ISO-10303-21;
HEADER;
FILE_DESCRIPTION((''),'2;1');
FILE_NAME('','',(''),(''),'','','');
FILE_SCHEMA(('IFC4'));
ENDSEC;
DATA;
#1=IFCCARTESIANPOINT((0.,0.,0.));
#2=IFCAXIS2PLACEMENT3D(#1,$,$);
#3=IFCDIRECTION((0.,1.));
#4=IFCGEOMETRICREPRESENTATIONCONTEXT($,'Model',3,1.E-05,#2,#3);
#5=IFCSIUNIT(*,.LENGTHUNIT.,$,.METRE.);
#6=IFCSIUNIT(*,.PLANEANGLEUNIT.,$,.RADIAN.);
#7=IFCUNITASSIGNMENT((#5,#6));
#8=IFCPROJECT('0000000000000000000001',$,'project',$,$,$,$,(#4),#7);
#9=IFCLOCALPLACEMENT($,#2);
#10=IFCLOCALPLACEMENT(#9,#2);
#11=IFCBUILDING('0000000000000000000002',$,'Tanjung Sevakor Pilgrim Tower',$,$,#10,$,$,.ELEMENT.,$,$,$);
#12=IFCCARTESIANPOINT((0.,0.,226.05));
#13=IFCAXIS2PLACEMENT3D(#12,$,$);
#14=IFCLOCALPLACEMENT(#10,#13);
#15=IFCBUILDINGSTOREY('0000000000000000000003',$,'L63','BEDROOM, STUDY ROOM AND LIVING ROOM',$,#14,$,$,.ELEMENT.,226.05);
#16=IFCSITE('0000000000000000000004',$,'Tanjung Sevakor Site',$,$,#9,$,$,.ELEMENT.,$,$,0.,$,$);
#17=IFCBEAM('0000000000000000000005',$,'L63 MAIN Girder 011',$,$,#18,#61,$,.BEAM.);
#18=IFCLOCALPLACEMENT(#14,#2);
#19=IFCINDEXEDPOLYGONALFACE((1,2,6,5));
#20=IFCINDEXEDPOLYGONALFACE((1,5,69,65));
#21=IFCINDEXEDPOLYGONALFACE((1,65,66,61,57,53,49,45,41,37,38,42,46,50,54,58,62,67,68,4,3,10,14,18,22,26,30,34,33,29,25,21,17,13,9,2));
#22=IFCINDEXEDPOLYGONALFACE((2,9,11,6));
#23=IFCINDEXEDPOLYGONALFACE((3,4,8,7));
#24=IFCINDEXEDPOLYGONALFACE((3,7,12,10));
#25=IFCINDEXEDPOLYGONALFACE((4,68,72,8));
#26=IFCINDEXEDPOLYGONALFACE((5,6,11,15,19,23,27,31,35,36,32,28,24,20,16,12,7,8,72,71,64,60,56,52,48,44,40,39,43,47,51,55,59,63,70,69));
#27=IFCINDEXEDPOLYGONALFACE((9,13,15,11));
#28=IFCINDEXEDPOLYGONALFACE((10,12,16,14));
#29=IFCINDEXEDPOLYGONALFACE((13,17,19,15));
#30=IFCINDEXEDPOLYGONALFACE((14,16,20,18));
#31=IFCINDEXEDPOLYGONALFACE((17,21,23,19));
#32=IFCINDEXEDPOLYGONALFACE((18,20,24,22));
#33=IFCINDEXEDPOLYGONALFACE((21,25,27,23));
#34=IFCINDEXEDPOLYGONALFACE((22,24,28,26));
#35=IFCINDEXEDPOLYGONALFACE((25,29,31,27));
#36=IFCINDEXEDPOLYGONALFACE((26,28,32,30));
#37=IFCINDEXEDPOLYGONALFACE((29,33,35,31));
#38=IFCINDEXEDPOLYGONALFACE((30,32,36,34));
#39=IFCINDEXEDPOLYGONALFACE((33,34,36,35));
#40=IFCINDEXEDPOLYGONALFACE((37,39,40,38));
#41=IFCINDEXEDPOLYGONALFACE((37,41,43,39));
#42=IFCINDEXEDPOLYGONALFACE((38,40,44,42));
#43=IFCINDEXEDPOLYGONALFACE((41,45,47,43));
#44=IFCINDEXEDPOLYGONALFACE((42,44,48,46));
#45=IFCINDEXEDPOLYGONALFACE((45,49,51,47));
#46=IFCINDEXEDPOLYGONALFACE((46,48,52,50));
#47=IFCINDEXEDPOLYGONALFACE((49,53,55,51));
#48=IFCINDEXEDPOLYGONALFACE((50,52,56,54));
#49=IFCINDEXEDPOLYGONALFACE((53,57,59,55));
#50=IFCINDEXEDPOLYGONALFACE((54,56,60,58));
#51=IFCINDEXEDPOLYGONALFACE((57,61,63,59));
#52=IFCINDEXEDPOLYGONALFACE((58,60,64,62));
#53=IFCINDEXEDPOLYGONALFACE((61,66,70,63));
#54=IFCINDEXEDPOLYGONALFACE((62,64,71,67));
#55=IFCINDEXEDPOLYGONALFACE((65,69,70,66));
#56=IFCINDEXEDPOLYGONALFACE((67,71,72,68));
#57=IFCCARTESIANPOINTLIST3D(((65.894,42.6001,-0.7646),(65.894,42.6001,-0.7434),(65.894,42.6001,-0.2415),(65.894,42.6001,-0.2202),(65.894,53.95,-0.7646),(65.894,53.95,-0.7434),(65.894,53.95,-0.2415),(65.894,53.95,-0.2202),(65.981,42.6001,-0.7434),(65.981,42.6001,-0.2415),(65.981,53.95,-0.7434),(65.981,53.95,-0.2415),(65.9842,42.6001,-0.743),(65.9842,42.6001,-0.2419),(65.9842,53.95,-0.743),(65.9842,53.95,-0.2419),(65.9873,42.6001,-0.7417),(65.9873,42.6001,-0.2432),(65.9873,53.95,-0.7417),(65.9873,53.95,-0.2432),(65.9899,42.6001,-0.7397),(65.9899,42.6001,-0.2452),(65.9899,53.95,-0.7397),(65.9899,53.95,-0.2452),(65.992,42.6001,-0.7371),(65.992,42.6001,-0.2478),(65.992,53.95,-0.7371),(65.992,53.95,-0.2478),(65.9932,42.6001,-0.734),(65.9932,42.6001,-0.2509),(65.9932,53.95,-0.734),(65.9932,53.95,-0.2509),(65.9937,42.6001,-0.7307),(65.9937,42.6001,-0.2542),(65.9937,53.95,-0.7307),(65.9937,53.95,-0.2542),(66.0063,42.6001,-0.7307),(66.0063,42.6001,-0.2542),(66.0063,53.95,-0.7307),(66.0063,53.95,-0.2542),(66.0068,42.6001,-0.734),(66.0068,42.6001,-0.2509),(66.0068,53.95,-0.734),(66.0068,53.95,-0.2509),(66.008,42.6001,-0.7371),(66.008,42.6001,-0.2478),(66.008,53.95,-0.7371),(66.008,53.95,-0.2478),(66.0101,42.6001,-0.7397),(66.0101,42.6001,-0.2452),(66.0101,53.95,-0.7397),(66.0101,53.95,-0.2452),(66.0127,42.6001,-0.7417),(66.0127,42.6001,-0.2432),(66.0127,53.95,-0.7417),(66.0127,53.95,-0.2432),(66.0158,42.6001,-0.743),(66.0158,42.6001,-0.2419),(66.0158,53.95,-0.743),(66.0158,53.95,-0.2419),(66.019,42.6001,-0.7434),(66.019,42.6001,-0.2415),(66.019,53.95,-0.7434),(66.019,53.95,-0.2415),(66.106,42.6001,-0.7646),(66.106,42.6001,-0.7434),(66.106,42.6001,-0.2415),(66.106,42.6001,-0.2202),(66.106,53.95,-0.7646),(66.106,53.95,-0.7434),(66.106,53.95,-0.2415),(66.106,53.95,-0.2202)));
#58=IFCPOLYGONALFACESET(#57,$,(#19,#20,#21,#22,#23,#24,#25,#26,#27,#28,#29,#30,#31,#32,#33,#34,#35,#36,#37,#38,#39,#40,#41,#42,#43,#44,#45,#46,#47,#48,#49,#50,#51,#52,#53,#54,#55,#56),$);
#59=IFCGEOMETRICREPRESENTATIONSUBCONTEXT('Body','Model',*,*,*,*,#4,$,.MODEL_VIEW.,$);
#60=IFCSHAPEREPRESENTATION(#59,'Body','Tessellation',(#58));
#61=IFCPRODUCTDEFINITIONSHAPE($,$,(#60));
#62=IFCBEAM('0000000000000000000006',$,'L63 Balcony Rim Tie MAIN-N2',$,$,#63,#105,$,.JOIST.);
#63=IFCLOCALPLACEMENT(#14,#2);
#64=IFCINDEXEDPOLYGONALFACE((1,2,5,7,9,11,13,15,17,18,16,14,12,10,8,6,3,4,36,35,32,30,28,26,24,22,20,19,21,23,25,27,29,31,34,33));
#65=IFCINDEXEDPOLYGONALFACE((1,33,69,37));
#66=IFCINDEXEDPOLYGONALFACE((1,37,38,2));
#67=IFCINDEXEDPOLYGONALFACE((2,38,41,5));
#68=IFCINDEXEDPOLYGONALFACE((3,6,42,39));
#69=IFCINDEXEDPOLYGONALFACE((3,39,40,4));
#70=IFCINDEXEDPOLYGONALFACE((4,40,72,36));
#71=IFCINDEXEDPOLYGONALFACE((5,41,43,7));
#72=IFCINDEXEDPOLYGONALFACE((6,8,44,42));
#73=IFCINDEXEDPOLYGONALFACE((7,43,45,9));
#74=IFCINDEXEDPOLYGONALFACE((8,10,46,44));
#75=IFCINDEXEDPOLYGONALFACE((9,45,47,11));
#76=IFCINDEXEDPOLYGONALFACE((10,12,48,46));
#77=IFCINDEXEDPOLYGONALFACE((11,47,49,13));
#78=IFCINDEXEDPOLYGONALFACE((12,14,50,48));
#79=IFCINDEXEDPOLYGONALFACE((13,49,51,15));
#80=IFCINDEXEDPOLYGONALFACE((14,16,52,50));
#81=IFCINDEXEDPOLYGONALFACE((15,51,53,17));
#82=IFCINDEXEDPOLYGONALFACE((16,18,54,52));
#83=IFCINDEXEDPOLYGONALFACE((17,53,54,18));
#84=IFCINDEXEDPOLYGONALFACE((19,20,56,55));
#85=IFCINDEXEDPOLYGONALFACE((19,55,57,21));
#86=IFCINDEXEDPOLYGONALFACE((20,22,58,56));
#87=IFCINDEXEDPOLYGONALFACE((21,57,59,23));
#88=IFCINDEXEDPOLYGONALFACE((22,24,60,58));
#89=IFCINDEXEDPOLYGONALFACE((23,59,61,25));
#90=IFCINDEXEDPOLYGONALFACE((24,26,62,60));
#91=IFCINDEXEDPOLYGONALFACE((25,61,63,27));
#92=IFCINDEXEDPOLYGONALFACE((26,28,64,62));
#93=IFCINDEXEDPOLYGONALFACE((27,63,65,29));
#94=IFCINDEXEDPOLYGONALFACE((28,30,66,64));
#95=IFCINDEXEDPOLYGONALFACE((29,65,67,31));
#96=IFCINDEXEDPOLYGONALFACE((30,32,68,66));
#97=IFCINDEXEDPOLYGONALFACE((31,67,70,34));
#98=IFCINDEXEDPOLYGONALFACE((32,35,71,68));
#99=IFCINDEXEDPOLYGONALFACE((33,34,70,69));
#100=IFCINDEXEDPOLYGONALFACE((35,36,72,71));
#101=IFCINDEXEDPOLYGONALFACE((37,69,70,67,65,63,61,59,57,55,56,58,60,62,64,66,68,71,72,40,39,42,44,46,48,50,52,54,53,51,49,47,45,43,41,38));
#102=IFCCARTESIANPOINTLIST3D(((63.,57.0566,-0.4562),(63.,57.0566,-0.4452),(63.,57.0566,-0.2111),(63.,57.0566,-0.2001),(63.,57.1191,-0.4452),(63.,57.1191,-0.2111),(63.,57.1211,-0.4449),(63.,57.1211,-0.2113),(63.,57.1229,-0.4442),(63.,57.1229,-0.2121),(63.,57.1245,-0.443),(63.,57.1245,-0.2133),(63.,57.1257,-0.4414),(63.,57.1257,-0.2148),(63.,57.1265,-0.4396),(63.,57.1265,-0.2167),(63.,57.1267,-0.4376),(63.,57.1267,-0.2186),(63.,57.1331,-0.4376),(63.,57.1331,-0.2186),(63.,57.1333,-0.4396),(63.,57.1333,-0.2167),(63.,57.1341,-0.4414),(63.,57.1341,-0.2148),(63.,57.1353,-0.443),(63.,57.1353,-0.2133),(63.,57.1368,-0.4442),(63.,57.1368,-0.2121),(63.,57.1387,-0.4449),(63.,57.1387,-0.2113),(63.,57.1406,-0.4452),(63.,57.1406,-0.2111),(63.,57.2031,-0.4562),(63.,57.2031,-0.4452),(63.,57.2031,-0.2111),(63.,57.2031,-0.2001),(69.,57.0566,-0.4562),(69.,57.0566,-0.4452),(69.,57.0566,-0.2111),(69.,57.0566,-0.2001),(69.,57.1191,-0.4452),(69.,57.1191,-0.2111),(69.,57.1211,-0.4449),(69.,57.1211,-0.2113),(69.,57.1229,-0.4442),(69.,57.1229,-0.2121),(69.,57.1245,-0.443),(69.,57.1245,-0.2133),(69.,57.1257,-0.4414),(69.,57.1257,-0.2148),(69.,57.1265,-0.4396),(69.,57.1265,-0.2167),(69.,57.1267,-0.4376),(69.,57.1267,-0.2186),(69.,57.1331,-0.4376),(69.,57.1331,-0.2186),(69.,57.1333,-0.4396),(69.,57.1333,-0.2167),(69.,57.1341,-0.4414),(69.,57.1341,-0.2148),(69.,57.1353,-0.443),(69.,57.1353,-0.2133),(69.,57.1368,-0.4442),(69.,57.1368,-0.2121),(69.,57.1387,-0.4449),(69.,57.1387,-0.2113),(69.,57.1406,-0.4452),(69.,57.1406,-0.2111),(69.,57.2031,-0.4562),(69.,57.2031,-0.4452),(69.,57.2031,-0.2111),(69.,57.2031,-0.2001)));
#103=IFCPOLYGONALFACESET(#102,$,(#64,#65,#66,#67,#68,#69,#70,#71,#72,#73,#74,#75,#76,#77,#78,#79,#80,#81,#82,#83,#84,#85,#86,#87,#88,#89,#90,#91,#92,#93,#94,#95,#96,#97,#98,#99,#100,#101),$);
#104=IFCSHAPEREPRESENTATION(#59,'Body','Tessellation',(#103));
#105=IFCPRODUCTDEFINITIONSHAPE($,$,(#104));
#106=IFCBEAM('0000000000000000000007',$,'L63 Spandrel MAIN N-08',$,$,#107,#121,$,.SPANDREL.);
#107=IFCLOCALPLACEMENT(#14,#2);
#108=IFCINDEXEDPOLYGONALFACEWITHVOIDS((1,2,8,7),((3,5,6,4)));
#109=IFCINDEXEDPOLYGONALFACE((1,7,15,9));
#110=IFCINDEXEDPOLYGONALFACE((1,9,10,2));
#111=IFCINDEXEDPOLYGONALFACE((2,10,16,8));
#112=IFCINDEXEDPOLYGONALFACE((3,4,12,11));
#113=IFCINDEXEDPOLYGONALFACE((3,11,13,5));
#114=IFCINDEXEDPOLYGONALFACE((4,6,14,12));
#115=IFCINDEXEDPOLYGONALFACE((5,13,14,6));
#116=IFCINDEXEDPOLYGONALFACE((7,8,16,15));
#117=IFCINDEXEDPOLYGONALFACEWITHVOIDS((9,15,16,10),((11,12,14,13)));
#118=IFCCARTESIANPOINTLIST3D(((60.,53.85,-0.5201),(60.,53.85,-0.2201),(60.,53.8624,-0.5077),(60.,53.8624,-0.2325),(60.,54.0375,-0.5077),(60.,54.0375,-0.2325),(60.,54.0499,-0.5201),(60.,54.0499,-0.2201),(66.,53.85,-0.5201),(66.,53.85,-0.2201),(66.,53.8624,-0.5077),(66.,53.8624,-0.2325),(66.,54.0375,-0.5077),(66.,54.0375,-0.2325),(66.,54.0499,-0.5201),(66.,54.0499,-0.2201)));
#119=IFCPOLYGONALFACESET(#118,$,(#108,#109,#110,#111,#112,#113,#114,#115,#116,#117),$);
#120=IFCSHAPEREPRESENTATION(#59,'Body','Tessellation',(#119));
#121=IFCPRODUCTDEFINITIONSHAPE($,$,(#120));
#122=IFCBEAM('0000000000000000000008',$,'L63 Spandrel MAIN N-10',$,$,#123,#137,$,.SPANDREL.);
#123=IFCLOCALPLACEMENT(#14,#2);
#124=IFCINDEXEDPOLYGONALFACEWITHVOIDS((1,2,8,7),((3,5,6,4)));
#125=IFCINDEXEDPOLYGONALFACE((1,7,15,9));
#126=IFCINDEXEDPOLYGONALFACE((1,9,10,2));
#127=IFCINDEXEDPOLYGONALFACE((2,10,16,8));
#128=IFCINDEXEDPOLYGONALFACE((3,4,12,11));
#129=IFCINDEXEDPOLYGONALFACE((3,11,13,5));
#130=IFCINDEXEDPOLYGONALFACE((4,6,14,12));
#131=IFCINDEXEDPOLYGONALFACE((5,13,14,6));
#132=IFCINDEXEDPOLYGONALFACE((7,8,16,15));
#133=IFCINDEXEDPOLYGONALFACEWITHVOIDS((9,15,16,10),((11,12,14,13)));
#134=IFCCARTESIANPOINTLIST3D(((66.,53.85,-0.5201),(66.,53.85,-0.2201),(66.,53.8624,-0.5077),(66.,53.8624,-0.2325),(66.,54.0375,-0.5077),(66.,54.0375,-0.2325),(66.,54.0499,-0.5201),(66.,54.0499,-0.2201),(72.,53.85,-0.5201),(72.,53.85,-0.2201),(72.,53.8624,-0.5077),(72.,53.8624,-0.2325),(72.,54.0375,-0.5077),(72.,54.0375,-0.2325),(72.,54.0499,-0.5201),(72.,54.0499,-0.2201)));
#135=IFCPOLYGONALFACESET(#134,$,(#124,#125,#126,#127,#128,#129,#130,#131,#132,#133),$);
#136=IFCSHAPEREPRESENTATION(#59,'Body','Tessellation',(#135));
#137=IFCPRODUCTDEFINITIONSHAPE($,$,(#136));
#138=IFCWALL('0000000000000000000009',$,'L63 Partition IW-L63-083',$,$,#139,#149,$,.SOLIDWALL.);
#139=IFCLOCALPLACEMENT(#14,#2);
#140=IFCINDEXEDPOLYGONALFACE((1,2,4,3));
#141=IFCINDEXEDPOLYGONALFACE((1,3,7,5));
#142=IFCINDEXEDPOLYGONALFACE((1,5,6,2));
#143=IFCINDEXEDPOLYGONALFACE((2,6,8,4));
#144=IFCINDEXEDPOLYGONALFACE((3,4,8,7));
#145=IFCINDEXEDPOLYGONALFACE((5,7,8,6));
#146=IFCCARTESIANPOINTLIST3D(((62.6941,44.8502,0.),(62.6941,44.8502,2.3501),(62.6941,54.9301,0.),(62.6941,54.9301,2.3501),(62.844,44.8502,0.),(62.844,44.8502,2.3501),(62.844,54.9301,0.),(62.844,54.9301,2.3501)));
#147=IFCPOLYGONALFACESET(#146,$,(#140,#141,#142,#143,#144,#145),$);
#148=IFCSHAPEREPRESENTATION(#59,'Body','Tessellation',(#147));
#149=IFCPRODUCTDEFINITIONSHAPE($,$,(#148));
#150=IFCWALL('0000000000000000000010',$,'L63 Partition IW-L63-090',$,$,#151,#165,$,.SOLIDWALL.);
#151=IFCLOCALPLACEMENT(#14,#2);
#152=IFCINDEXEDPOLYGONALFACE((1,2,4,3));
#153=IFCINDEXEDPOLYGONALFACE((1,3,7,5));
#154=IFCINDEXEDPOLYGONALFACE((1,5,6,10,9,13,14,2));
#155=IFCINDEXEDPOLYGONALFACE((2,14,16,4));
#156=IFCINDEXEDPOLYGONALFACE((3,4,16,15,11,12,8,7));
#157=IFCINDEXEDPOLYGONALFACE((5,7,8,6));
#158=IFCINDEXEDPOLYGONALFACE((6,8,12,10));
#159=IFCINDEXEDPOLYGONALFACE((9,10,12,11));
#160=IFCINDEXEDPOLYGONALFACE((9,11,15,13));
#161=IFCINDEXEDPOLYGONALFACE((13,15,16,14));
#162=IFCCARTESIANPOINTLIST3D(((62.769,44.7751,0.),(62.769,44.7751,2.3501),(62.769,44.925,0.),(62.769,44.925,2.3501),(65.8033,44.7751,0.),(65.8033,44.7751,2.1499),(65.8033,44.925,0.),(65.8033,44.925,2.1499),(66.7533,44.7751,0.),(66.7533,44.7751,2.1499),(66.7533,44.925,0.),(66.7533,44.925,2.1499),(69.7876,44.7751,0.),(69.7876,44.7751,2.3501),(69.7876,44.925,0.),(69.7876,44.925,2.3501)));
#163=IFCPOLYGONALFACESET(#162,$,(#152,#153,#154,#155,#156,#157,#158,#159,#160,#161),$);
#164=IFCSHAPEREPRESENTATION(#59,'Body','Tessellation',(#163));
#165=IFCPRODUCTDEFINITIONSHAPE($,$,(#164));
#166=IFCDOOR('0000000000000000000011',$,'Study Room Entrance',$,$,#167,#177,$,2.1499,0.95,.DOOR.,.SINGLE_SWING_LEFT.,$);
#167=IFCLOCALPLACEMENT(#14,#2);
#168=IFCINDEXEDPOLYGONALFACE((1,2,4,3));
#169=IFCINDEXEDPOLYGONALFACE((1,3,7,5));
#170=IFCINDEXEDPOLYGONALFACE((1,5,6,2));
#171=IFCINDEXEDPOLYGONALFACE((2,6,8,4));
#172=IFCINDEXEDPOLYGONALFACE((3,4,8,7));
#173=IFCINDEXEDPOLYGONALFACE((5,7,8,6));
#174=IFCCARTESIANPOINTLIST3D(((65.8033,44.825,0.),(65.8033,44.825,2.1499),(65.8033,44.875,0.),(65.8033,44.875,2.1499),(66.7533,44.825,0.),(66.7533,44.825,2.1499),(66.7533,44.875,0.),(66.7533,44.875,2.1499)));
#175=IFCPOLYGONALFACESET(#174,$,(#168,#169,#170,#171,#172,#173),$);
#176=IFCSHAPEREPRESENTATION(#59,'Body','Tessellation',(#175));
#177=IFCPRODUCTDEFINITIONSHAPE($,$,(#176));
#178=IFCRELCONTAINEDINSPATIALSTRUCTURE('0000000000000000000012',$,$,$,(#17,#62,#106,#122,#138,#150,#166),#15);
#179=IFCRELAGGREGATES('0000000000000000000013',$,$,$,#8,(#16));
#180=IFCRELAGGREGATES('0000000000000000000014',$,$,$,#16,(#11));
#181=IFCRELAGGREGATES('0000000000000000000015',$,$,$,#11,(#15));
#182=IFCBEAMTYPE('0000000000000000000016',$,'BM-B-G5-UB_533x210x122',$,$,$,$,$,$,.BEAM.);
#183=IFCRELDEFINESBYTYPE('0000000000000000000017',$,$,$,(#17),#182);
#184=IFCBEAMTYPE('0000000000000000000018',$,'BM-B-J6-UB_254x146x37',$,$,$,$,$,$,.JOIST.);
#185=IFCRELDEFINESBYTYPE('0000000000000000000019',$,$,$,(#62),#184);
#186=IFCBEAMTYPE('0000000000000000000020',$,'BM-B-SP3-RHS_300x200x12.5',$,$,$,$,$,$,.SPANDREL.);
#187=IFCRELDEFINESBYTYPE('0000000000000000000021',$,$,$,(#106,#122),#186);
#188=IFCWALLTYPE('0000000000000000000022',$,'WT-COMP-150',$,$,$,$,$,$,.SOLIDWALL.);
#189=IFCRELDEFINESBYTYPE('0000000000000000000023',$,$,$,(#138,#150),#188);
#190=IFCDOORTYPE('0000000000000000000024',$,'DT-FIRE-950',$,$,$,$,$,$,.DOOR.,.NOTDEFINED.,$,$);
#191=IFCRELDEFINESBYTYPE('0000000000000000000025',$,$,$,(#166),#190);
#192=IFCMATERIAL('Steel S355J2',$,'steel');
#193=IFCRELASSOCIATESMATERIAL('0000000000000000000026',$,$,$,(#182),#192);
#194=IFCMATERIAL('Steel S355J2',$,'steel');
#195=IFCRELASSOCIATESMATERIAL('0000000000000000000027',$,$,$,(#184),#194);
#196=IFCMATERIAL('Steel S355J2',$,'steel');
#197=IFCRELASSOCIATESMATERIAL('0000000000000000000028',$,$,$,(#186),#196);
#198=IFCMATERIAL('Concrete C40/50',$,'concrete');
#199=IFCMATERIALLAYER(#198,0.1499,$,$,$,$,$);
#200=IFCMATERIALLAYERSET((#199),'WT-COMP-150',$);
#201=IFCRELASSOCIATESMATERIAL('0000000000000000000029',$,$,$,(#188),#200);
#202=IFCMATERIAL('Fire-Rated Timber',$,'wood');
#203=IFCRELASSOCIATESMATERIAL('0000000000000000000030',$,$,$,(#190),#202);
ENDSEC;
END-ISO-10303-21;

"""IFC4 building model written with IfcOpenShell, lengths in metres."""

from ifc_helpers import new_model, si_unit, direction, frame, frame_2d, origin, origin_2d, place, context, subcontext, project, spatial, rectangle, hollow_rectangle, i_section, extrude, material, layer, layer_set, material_profile, profile_set, type_object, element, fill, save


model = new_model("IFC4")

# Units and contexts
model_context = context("Model", 3, precision=1e-05, world=origin(), true_north=direction((0.0, 1.0)))
body_context = subcontext(model_context, "Body", "Model", "MODEL_VIEW")
ifc_project = project(units=[si_unit("LENGTHUNIT", "METRE"), si_unit("PLANEANGLEUNIT", "RADIAN")], contexts=[model_context])

# Site, building, storey
site_placement = place(None, origin())
site = spatial("IfcSite", under=ifc_project, at=site_placement, Name="Tanjung Sevakor Site", CompositionType="ELEMENT", RefElevation=0.0)
building_placement = place(site_placement, origin())
building = spatial("IfcBuilding", under=site, at=building_placement, Name="Tanjung Sevakor Pilgrim Tower", CompositionType="ELEMENT")
storey_placement = place(building_placement, frame((0.0, 0.0, 226.05)))
storey = spatial("IfcBuildingStorey", under=building, at=storey_placement, Name="L63", Description="BEDROOM, STUDY ROOM AND LIVING ROOM", CompositionType="ELEMENT", Elevation=226.05)

# Beams
ifc_material_1 = material(Name="Steel S355J2", Category="steel")
ifc_material_profile_1 = material_profile(ifc_material_1, i_section(OverallWidth=0.2119, OverallDepth=0.5444, WebThickness=0.0127, FlangeThickness=0.0212, FilletRadius=0.0127, at=origin_2d()))
ifc_profile_set_1 = profile_set([ifc_material_profile_1], Name="Steel S355J2")
beam_type_1 = type_object("IfcBeamType", Name="BM-B-G5-UB_533x210x122", PredefinedType="BEAM", material=ifc_profile_set_1)
for number, where, z_axis, x_axis, name in (
    (1, (66.0, 42.6001, -0.4924), (0.0, 1.0, 0.0), (-1.0, 0.0, 0.0), "L63 MAIN Girder 011"),
):
    element("IfcBeam", number, at=place(storey_placement, frame(where, z_axis=z_axis, x_axis=x_axis)), inside=storey, type_object=beam_type_1, Name=name, PredefinedType="BEAM", context=body_context, shape_type="SweptSolid", body=[
        extrude(i_section(OverallWidth=0.2119, OverallDepth=0.5444, WebThickness=0.0127, FlangeThickness=0.0212, FilletRadius=0.0127, at=origin_2d()), origin(), (0.0, 0.0, 1.0), 11.3499),
    ])
ifc_material_2 = material(Name="Steel S355J2", Category="steel")
ifc_material_profile_2 = material_profile(ifc_material_2, i_section(OverallWidth=0.1465, OverallDepth=0.2561, WebThickness=0.0063, FlangeThickness=0.011, FilletRadius=0.0076, at=origin_2d()))
ifc_profile_set_2 = profile_set([ifc_material_profile_2], Name="Steel S355J2")
beam_type_2 = type_object("IfcBeamType", Name="BM-B-J6-UB_254x146x37", PredefinedType="JOIST", material=ifc_profile_set_2)
beam_placement = place(storey_placement, frame((63.0, 57.1299, -0.3281), z_axis=(1.0, 0.0, 0.0), x_axis=(0.0, 1.0, 0.0)))
element("IfcBeam", 2, at=beam_placement, inside=storey, type_object=beam_type_2, Name="L63 Balcony Rim Tie MAIN-N2", PredefinedType="JOIST", context=body_context, shape_type="SweptSolid", body=[
    extrude(i_section(OverallWidth=0.1465, OverallDepth=0.2561, WebThickness=0.0063, FlangeThickness=0.011, FilletRadius=0.0076, at=origin_2d()), origin(), (0.0, 0.0, 1.0), 6.0),
])
ifc_material_3 = material(Name="Steel S355J2", Category="steel")
ifc_material_profile_3 = material_profile(ifc_material_3, hollow_rectangle(XDim=0.2, YDim=0.3, WallThickness=0.0125, at=origin_2d()))
ifc_profile_set_3 = profile_set([ifc_material_profile_3], Name="Steel S355J2")
beam_type_3 = type_object("IfcBeamType", Name="BM-B-SP3-RHS_300x200x12.5", PredefinedType="SPANDREL", material=ifc_profile_set_3)
for number, where, z_axis, x_axis, name in (
    (3, (60.0, 53.95, -0.3701), (1.0, 0.0, 0.0), (0.0, 1.0, 0.0), "L63 Spandrel MAIN N-08"),
    (4, (66.0, 53.95, -0.3701), (1.0, 0.0, 0.0), (0.0, 1.0, 0.0), "L63 Spandrel MAIN N-10"),
):
    element("IfcBeam", number, at=place(storey_placement, frame(where, z_axis=z_axis, x_axis=x_axis)), inside=storey, type_object=beam_type_3, Name=name, PredefinedType="SPANDREL", context=body_context, shape_type="SweptSolid", body=[
        extrude(hollow_rectangle(XDim=0.2, YDim=0.3, WallThickness=0.0125, at=origin_2d()), origin(), (0.0, 0.0, 1.0), 6.0),
    ])

# Wall
ifc_material_4 = material(Name="Concrete C40/50", Category="concrete")
ifc_layer_1 = layer(ifc_material_4, 0.1499)
ifc_layer_set_1 = layer_set([ifc_layer_1], Name="WT-COMP-150")
wall_type_1 = type_object("IfcWallType", Name="WT-COMP-150", PredefinedType="SOLIDWALL", material=ifc_layer_set_1)
wall_1_placement = place(storey_placement, frame((62.769, 44.8501, 0.0), z_axis=(0.0, 0.0, 1.0), x_axis=(0.0, 1.0, 0.0)))
element("IfcWall", 5, at=wall_1_placement, inside=storey, type_object=wall_type_1, Name="L63 Partition IW-L63-083", PredefinedType="SOLIDWALL", context=body_context, shape_type="SweptSolid", body=[
    extrude(rectangle(XDim=10.0798, YDim=0.1499, at=frame_2d((5.04, 0.0))), origin(), (0.0, 0.0, 1.0), 2.3501),
])

# Wall, opening, door
wall_2_placement = place(storey_placement, frame((62.769, 44.8501, 0.0), z_axis=(0.0, 0.0, 1.0), x_axis=(1.0, 0.0, 0.0)))
wall_2 = element("IfcWall", 6, at=wall_2_placement, inside=storey, type_object=wall_type_1, Name="L63 Partition IW-L63-090", PredefinedType="SOLIDWALL", context=body_context, shape_type="SweptSolid", body=[
    extrude(rectangle(XDim=7.0186, YDim=0.1499, at=frame_2d((3.5093, 0.0))), origin(), (0.0, 0.0, 1.0), 2.3501),
])
opening_1_placement = place(wall_2_placement, frame((3.0342, 0.0, 0.0)))
opening_1 = element("IfcOpeningElement", 7, at=opening_1_placement, cuts=wall_2, PredefinedType="OPENING", context=body_context, shape_type="SweptSolid", body=[
    extrude(rectangle(XDim=0.95, YDim=2.1499, at=frame_2d((0.4751, 1.075))), frame((0.0, 0.085, 0.0), z_axis=(0.0, -1.0, 0.0), x_axis=(1.0, 0.0, 0.0)), (0.0, 0.0, 1.0), 0.1699),
])
ifc_material_5 = material(Name="Fire-Rated Timber", Category="wood")
door_type_1 = type_object("IfcDoorType", Name="DT-FIRE-950", OperationType="NOTDEFINED", PredefinedType="DOOR", material=ifc_material_5)
door_1_placement = place(opening_1_placement, origin())
door_1 = element("IfcDoor", 8, at=door_1_placement, inside=storey, type_object=door_type_1, Name="Study Room Entrance", OperationType="SINGLE_SWING_LEFT", OverallHeight=2.1499, OverallWidth=0.95, PredefinedType="DOOR", context=body_context, shape_type="SweptSolid", body=[
    extrude(rectangle(XDim=0.95, YDim=2.1499, at=frame_2d((0.4751, 1.075))), frame((0.0, 0.0249, 0.0), z_axis=(0.0, -1.0, 0.0), x_axis=(1.0, 0.0, 0.0)), (0.0, 0.0, 1.0), 0.05),
])
fill(opening_1, door_1)

save(model, "model.ifc")
